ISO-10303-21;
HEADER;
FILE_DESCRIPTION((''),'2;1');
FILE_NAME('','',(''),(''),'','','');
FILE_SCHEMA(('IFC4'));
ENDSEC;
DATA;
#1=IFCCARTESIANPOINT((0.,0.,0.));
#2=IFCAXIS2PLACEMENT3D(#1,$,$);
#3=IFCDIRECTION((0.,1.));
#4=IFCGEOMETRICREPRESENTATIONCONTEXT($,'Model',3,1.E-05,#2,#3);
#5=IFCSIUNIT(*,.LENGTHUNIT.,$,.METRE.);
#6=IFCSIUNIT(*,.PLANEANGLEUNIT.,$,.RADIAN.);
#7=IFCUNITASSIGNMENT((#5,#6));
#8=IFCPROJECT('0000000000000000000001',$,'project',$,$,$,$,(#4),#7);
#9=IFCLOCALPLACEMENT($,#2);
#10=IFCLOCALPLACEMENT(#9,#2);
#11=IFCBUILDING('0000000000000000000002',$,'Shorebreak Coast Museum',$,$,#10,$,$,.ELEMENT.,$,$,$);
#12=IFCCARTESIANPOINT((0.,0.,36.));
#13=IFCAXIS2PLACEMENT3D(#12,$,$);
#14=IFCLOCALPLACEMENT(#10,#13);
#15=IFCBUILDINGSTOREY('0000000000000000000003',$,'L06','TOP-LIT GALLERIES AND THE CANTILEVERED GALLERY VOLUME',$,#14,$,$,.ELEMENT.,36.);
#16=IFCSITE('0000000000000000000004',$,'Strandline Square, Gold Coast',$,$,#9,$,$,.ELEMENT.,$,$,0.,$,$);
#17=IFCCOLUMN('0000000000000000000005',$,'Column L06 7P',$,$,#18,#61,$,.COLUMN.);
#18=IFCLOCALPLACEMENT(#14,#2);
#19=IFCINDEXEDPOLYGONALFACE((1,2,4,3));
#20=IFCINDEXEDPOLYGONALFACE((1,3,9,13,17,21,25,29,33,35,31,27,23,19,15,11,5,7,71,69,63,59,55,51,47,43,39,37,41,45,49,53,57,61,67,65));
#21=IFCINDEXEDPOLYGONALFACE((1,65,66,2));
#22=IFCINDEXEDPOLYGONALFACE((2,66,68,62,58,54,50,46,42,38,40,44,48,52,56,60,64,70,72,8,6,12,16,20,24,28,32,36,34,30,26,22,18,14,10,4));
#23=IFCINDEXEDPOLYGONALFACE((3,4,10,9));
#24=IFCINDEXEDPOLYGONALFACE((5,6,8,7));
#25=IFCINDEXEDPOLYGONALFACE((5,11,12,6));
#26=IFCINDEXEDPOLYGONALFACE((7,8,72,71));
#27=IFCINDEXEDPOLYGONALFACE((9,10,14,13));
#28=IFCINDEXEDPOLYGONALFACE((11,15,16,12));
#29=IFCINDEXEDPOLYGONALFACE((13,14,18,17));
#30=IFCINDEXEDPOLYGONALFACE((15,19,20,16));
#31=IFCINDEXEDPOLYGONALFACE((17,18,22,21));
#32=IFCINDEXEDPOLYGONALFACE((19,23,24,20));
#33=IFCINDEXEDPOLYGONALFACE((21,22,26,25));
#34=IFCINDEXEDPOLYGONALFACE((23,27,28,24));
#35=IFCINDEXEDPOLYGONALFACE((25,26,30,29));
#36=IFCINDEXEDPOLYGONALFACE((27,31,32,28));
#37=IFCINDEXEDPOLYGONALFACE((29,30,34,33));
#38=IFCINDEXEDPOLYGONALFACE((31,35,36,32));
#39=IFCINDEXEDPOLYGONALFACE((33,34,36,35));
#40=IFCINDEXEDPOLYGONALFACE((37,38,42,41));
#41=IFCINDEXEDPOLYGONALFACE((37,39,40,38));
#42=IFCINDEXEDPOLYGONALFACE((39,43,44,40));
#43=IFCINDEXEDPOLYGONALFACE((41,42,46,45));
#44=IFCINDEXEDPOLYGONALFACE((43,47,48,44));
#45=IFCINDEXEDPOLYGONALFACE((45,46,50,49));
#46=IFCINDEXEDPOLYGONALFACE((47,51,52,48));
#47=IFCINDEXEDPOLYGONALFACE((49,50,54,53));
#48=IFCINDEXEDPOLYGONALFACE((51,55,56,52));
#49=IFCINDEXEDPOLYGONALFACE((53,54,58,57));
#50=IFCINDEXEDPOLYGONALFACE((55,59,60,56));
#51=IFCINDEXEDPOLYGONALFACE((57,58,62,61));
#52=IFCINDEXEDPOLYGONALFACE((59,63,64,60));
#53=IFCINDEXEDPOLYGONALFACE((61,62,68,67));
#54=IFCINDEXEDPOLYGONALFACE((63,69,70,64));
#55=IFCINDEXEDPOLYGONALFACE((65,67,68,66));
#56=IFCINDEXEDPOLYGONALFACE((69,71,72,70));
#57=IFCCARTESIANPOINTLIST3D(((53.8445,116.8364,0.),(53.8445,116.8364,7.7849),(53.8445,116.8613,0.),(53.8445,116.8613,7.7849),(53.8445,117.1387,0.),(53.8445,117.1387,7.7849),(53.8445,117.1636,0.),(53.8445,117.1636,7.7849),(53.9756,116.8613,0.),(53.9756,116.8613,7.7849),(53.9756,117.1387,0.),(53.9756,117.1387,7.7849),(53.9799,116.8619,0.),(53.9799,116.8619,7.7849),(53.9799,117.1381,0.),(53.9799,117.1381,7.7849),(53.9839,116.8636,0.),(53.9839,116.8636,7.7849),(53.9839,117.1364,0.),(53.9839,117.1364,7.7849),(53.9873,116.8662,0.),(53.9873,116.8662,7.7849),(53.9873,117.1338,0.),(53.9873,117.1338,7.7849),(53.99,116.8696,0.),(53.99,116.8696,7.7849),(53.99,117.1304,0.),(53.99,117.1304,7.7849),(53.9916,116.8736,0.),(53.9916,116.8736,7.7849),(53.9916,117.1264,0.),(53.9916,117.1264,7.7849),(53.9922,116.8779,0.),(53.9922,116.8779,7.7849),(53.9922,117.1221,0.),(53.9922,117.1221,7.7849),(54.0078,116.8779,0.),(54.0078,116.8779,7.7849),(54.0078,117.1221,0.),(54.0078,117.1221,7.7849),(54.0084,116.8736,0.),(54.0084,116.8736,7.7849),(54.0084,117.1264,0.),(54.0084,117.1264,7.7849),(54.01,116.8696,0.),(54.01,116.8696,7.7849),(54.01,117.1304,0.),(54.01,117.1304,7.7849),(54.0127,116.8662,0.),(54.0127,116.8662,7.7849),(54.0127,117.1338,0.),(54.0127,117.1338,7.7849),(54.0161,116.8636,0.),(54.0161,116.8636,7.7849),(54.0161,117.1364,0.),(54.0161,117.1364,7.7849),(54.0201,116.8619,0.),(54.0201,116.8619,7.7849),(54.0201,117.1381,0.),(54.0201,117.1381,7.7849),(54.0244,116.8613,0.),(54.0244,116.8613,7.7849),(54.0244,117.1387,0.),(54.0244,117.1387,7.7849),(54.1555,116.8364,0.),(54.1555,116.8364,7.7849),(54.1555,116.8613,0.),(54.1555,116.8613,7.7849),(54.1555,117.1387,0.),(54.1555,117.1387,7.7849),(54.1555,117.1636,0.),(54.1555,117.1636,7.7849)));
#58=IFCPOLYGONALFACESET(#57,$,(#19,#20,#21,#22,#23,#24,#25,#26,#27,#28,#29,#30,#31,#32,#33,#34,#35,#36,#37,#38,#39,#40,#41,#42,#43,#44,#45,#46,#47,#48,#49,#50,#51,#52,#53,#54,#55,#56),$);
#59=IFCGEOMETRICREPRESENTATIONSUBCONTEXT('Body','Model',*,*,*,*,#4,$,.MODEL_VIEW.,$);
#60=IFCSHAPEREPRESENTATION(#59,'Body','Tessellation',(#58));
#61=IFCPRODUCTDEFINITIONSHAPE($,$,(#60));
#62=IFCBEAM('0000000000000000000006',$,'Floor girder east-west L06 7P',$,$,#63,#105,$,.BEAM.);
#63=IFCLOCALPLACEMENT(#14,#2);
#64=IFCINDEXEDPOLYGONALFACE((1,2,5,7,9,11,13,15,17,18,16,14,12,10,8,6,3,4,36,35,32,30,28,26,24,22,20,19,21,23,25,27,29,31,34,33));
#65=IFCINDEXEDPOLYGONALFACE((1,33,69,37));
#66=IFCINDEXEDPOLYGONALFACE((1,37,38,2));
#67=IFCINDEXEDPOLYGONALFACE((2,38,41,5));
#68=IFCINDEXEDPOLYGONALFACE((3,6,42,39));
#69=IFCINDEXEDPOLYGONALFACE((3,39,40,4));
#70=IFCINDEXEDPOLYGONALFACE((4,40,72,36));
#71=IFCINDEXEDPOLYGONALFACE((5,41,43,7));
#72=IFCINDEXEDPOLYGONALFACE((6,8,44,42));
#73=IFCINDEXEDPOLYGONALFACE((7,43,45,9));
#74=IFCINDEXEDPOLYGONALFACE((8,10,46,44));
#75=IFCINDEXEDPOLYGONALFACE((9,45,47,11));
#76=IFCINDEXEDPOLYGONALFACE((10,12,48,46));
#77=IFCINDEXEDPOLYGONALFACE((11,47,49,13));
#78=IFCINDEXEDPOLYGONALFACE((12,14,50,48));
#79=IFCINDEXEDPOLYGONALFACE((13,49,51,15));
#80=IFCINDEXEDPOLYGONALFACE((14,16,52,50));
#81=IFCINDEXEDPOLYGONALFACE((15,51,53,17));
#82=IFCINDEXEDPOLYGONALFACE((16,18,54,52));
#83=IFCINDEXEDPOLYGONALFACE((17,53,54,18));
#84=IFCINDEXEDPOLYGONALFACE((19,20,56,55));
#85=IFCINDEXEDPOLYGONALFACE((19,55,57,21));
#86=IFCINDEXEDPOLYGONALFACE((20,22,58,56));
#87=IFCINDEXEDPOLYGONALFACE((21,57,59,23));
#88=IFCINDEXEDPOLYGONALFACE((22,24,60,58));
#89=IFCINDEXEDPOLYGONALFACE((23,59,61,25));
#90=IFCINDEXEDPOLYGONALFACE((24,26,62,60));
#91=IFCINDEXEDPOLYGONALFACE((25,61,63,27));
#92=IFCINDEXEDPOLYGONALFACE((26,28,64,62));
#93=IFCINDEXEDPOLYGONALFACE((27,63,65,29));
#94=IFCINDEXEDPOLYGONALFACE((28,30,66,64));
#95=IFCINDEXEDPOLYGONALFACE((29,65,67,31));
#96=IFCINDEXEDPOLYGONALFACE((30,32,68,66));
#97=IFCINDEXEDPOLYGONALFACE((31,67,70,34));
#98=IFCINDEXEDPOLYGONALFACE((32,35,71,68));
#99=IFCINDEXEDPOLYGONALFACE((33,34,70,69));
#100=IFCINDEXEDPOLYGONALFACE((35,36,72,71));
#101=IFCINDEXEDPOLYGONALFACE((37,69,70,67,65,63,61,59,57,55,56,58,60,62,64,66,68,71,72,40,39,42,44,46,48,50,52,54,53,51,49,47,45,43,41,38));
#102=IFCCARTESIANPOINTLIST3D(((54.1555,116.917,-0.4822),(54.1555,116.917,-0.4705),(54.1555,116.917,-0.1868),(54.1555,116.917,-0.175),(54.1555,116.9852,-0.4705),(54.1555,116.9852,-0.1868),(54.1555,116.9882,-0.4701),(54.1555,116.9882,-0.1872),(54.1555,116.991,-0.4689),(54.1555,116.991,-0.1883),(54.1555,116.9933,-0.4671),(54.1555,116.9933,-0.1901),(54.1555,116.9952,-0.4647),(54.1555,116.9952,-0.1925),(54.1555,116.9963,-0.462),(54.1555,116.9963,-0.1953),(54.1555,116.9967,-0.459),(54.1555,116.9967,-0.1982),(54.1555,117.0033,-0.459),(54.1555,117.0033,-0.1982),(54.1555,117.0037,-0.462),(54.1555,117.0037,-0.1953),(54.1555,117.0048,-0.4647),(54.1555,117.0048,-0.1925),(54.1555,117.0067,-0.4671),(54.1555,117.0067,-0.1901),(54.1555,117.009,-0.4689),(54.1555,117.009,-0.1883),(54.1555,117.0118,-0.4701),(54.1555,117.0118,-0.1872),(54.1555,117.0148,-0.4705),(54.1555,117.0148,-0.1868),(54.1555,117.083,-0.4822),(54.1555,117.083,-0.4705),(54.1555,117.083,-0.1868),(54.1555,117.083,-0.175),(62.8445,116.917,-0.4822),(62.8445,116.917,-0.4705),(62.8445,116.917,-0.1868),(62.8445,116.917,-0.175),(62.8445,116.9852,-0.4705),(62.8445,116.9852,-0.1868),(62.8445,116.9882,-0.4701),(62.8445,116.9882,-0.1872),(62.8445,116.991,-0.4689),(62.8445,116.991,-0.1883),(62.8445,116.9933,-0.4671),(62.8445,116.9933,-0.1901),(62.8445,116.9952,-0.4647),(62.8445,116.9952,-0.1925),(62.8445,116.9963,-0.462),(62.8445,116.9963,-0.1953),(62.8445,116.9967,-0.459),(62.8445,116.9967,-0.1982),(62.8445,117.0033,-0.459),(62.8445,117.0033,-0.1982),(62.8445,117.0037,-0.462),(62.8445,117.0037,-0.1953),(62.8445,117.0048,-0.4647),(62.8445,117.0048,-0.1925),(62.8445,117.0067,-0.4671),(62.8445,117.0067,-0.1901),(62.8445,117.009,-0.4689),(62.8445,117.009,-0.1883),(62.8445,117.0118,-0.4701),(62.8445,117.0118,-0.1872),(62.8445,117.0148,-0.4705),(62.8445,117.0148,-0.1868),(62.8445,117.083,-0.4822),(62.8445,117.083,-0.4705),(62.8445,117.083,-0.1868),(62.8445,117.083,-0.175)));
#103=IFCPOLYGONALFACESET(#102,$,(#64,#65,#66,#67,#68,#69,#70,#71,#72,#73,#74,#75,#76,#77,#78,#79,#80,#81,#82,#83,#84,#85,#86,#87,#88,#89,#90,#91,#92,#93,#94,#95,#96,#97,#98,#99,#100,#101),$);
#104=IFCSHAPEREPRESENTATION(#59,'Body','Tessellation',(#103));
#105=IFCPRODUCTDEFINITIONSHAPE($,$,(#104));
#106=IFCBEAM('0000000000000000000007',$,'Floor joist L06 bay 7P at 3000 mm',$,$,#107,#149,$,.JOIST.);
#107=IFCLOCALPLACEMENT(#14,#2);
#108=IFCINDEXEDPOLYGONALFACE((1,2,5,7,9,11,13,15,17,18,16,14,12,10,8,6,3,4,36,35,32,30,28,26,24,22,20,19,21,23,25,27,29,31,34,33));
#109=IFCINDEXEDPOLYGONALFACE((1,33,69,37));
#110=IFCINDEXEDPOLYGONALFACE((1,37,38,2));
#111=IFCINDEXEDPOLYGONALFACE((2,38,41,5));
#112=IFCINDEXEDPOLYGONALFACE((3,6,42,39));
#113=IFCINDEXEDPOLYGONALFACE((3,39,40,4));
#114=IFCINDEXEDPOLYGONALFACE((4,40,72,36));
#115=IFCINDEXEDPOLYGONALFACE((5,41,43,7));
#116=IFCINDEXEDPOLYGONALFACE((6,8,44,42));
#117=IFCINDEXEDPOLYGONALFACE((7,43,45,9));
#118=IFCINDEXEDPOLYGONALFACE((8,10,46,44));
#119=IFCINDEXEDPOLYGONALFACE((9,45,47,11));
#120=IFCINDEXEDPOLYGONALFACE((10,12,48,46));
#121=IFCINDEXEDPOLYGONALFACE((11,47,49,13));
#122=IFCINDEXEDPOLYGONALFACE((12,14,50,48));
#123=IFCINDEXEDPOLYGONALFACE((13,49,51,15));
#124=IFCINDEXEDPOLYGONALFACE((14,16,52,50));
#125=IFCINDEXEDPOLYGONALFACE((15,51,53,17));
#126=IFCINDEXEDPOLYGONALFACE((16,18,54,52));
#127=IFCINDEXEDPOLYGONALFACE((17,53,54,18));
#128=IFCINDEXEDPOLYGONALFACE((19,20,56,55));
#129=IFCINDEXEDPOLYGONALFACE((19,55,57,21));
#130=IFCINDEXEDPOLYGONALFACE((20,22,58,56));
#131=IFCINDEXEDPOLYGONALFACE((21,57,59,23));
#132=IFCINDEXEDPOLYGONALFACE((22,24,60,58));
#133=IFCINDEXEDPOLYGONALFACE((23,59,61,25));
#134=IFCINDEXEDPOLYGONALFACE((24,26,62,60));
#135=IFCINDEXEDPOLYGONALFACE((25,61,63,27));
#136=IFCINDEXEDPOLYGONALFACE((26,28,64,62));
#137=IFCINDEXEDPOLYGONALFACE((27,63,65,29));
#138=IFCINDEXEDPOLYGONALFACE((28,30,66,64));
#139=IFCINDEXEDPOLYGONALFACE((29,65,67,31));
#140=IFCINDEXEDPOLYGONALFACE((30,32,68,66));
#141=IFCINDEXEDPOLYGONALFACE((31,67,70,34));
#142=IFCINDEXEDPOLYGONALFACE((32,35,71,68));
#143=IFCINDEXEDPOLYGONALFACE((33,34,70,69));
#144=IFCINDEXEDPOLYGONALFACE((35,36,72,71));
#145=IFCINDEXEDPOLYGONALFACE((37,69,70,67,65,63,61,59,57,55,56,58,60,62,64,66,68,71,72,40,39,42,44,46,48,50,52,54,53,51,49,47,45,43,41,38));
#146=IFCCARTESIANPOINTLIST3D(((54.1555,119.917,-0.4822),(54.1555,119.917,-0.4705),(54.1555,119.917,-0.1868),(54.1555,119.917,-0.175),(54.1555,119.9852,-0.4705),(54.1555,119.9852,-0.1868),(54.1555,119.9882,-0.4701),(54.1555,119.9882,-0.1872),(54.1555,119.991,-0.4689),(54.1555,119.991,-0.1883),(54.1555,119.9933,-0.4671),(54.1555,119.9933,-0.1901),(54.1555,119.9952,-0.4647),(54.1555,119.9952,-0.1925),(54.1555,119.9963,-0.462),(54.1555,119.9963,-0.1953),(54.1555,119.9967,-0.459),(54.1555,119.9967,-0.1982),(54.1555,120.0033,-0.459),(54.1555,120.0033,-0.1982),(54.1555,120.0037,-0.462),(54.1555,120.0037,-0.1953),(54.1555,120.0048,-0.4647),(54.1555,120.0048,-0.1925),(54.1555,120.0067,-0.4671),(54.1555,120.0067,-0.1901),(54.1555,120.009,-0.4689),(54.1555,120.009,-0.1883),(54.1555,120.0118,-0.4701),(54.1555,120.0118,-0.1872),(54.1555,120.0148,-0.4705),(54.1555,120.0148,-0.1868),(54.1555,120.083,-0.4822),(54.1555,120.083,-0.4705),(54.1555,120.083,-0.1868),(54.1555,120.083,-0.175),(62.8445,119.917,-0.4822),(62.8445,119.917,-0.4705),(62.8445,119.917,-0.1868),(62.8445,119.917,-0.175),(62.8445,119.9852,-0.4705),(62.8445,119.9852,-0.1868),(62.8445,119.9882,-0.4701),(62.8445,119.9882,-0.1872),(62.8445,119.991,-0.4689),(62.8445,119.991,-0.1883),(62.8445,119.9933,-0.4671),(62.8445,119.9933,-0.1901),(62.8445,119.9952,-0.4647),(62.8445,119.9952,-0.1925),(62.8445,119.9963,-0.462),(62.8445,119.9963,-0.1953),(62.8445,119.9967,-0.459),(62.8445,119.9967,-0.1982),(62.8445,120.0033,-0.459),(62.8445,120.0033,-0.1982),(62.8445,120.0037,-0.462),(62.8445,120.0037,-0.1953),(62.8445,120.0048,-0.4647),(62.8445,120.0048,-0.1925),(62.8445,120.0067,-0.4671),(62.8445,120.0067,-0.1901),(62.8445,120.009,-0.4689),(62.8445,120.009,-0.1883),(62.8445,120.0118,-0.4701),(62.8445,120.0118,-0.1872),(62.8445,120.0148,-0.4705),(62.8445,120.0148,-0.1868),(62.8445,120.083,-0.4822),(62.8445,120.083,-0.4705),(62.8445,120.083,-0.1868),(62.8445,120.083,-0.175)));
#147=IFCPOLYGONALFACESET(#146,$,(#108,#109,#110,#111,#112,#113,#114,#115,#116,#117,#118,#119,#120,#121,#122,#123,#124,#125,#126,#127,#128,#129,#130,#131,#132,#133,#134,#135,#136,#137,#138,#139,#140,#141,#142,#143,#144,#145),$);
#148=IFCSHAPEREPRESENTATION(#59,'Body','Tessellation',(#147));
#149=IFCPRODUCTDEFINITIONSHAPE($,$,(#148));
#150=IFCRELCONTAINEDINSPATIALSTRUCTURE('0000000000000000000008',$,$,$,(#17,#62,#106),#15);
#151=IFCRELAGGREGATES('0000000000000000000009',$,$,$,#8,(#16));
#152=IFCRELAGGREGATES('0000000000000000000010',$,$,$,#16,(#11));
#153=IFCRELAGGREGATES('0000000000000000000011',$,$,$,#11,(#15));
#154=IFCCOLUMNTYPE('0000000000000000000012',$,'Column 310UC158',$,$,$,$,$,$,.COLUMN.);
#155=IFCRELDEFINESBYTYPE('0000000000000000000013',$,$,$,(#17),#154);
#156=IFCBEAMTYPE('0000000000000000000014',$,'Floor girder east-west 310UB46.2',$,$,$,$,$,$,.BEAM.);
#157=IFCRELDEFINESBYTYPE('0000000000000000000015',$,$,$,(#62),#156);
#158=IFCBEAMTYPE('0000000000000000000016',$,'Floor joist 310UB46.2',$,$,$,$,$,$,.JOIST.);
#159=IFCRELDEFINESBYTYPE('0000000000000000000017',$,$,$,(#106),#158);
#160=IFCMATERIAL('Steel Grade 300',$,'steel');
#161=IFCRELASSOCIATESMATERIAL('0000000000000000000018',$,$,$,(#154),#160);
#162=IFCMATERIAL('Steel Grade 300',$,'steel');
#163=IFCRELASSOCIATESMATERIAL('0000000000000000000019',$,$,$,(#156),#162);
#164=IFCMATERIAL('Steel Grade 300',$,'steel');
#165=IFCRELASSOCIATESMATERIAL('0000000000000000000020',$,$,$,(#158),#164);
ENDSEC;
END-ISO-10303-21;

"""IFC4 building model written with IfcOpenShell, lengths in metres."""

from ifc_helpers import new_model, si_unit, direction, frame, origin, origin_2d, place, context, subcontext, project, spatial, i_section, extrude, material, material_profile, profile_set, type_object, element, save


model = new_model("IFC4")

# Units and contexts
model_context = context("Model", 3, precision=1e-05, world=origin(), true_north=direction((0.0, 1.0)))
body_context = subcontext(model_context, "Body", "Model", "MODEL_VIEW")
ifc_project = project(units=[si_unit("LENGTHUNIT", "METRE"), si_unit("PLANEANGLEUNIT", "RADIAN")], contexts=[model_context])

# Site, building, storey
site_placement = place(None, origin())
site = spatial("IfcSite", under=ifc_project, at=site_placement, Name="Strandline Square, Gold Coast", CompositionType="ELEMENT", RefElevation=0.0)
building_placement = place(site_placement, origin())
building = spatial("IfcBuilding", under=site, at=building_placement, Name="Shorebreak Coast Museum", CompositionType="ELEMENT")
storey_placement = place(building_placement, frame((0.0, 0.0, 36.0)))
storey = spatial("IfcBuildingStorey", under=building, at=storey_placement, Name="L06", Description="TOP-LIT GALLERIES AND THE CANTILEVERED GALLERY VOLUME", CompositionType="ELEMENT", Elevation=36.0)

# Column
ifc_material_1 = material(Name="Steel Grade 300", Category="steel")
ifc_material_profile_1 = material_profile(ifc_material_1, i_section(OverallWidth=0.311, OverallDepth=0.3271, WebThickness=0.0156, FlangeThickness=0.0249, FilletRadius=0.0166, at=origin_2d()), Name="310UC158")
ifc_profile_set_1 = profile_set([ifc_material_profile_1], Name="Steel Grade 300")
column_type = type_object("IfcColumnType", Name="Column 310UC158", PredefinedType="COLUMN", material=ifc_profile_set_1)
column_placement = place(storey_placement, frame((54.0, 117.0, 0.0), z_axis=(0.0, 0.0, 1.0), x_axis=(1.0, 0.0, 0.0)))
element("IfcColumn", 1, at=column_placement, inside=storey, type_object=column_type, Name="Column L06 7P", PredefinedType="COLUMN", context=body_context, shape_type="SweptSolid", body=[
    extrude(i_section(OverallWidth=0.311, OverallDepth=0.3271, WebThickness=0.0156, FlangeThickness=0.0249, FilletRadius=0.0166, at=origin_2d()), origin(), (0.0, 0.0, 1.0), 7.7849),
])

# Beams
ifc_material_2 = material(Name="Steel Grade 300", Category="steel")
ifc_material_profile_2 = material_profile(ifc_material_2, i_section(OverallWidth=0.166, OverallDepth=0.3071, WebThickness=0.0066, FlangeThickness=0.0117, FilletRadius=0.0115, at=origin_2d()), Name="310UB46.2")
ifc_profile_set_2 = profile_set([ifc_material_profile_2], Name="Steel Grade 300")
beam_type_1 = type_object("IfcBeamType", Name="Floor girder east-west 310UB46.2", PredefinedType="BEAM", material=ifc_profile_set_2)
beam_1_placement = place(storey_placement, frame((54.1555, 117.0, -0.3286), z_axis=(1.0, 0.0, 0.0), x_axis=(0.0, 1.0, 0.0)))
element("IfcBeam", 2, at=beam_1_placement, inside=storey, type_object=beam_type_1, Name="Floor girder east-west L06 7P", PredefinedType="BEAM", context=body_context, shape_type="SweptSolid", body=[
    extrude(i_section(OverallWidth=0.166, OverallDepth=0.3071, WebThickness=0.0066, FlangeThickness=0.0117, FilletRadius=0.0115, at=origin_2d()), origin(), (0.0, 0.0, 1.0), 8.689),
])
ifc_material_3 = material(Name="Steel Grade 300", Category="steel")
ifc_material_profile_3 = material_profile(ifc_material_3, i_section(OverallWidth=0.166, OverallDepth=0.3071, WebThickness=0.0066, FlangeThickness=0.0117, FilletRadius=0.0115, at=origin_2d()), Name="310UB46.2")
ifc_profile_set_3 = profile_set([ifc_material_profile_3], Name="Steel Grade 300")
beam_type_2 = type_object("IfcBeamType", Name="Floor joist 310UB46.2", PredefinedType="JOIST", material=ifc_profile_set_3)
beam_2_placement = place(storey_placement, frame((54.1555, 120.0, -0.3286), z_axis=(1.0, 0.0, 0.0), x_axis=(0.0, 1.0, 0.0)))
element("IfcBeam", 3, at=beam_2_placement, inside=storey, type_object=beam_type_2, Name="Floor joist L06 bay 7P at 3000 mm", PredefinedType="JOIST", context=body_context, shape_type="SweptSolid", body=[
    extrude(i_section(OverallWidth=0.166, OverallDepth=0.3071, WebThickness=0.0066, FlangeThickness=0.0117, FilletRadius=0.0115, at=origin_2d()), origin(), (0.0, 0.0, 1.0), 8.689),
])

save(model, "model.ifc")
